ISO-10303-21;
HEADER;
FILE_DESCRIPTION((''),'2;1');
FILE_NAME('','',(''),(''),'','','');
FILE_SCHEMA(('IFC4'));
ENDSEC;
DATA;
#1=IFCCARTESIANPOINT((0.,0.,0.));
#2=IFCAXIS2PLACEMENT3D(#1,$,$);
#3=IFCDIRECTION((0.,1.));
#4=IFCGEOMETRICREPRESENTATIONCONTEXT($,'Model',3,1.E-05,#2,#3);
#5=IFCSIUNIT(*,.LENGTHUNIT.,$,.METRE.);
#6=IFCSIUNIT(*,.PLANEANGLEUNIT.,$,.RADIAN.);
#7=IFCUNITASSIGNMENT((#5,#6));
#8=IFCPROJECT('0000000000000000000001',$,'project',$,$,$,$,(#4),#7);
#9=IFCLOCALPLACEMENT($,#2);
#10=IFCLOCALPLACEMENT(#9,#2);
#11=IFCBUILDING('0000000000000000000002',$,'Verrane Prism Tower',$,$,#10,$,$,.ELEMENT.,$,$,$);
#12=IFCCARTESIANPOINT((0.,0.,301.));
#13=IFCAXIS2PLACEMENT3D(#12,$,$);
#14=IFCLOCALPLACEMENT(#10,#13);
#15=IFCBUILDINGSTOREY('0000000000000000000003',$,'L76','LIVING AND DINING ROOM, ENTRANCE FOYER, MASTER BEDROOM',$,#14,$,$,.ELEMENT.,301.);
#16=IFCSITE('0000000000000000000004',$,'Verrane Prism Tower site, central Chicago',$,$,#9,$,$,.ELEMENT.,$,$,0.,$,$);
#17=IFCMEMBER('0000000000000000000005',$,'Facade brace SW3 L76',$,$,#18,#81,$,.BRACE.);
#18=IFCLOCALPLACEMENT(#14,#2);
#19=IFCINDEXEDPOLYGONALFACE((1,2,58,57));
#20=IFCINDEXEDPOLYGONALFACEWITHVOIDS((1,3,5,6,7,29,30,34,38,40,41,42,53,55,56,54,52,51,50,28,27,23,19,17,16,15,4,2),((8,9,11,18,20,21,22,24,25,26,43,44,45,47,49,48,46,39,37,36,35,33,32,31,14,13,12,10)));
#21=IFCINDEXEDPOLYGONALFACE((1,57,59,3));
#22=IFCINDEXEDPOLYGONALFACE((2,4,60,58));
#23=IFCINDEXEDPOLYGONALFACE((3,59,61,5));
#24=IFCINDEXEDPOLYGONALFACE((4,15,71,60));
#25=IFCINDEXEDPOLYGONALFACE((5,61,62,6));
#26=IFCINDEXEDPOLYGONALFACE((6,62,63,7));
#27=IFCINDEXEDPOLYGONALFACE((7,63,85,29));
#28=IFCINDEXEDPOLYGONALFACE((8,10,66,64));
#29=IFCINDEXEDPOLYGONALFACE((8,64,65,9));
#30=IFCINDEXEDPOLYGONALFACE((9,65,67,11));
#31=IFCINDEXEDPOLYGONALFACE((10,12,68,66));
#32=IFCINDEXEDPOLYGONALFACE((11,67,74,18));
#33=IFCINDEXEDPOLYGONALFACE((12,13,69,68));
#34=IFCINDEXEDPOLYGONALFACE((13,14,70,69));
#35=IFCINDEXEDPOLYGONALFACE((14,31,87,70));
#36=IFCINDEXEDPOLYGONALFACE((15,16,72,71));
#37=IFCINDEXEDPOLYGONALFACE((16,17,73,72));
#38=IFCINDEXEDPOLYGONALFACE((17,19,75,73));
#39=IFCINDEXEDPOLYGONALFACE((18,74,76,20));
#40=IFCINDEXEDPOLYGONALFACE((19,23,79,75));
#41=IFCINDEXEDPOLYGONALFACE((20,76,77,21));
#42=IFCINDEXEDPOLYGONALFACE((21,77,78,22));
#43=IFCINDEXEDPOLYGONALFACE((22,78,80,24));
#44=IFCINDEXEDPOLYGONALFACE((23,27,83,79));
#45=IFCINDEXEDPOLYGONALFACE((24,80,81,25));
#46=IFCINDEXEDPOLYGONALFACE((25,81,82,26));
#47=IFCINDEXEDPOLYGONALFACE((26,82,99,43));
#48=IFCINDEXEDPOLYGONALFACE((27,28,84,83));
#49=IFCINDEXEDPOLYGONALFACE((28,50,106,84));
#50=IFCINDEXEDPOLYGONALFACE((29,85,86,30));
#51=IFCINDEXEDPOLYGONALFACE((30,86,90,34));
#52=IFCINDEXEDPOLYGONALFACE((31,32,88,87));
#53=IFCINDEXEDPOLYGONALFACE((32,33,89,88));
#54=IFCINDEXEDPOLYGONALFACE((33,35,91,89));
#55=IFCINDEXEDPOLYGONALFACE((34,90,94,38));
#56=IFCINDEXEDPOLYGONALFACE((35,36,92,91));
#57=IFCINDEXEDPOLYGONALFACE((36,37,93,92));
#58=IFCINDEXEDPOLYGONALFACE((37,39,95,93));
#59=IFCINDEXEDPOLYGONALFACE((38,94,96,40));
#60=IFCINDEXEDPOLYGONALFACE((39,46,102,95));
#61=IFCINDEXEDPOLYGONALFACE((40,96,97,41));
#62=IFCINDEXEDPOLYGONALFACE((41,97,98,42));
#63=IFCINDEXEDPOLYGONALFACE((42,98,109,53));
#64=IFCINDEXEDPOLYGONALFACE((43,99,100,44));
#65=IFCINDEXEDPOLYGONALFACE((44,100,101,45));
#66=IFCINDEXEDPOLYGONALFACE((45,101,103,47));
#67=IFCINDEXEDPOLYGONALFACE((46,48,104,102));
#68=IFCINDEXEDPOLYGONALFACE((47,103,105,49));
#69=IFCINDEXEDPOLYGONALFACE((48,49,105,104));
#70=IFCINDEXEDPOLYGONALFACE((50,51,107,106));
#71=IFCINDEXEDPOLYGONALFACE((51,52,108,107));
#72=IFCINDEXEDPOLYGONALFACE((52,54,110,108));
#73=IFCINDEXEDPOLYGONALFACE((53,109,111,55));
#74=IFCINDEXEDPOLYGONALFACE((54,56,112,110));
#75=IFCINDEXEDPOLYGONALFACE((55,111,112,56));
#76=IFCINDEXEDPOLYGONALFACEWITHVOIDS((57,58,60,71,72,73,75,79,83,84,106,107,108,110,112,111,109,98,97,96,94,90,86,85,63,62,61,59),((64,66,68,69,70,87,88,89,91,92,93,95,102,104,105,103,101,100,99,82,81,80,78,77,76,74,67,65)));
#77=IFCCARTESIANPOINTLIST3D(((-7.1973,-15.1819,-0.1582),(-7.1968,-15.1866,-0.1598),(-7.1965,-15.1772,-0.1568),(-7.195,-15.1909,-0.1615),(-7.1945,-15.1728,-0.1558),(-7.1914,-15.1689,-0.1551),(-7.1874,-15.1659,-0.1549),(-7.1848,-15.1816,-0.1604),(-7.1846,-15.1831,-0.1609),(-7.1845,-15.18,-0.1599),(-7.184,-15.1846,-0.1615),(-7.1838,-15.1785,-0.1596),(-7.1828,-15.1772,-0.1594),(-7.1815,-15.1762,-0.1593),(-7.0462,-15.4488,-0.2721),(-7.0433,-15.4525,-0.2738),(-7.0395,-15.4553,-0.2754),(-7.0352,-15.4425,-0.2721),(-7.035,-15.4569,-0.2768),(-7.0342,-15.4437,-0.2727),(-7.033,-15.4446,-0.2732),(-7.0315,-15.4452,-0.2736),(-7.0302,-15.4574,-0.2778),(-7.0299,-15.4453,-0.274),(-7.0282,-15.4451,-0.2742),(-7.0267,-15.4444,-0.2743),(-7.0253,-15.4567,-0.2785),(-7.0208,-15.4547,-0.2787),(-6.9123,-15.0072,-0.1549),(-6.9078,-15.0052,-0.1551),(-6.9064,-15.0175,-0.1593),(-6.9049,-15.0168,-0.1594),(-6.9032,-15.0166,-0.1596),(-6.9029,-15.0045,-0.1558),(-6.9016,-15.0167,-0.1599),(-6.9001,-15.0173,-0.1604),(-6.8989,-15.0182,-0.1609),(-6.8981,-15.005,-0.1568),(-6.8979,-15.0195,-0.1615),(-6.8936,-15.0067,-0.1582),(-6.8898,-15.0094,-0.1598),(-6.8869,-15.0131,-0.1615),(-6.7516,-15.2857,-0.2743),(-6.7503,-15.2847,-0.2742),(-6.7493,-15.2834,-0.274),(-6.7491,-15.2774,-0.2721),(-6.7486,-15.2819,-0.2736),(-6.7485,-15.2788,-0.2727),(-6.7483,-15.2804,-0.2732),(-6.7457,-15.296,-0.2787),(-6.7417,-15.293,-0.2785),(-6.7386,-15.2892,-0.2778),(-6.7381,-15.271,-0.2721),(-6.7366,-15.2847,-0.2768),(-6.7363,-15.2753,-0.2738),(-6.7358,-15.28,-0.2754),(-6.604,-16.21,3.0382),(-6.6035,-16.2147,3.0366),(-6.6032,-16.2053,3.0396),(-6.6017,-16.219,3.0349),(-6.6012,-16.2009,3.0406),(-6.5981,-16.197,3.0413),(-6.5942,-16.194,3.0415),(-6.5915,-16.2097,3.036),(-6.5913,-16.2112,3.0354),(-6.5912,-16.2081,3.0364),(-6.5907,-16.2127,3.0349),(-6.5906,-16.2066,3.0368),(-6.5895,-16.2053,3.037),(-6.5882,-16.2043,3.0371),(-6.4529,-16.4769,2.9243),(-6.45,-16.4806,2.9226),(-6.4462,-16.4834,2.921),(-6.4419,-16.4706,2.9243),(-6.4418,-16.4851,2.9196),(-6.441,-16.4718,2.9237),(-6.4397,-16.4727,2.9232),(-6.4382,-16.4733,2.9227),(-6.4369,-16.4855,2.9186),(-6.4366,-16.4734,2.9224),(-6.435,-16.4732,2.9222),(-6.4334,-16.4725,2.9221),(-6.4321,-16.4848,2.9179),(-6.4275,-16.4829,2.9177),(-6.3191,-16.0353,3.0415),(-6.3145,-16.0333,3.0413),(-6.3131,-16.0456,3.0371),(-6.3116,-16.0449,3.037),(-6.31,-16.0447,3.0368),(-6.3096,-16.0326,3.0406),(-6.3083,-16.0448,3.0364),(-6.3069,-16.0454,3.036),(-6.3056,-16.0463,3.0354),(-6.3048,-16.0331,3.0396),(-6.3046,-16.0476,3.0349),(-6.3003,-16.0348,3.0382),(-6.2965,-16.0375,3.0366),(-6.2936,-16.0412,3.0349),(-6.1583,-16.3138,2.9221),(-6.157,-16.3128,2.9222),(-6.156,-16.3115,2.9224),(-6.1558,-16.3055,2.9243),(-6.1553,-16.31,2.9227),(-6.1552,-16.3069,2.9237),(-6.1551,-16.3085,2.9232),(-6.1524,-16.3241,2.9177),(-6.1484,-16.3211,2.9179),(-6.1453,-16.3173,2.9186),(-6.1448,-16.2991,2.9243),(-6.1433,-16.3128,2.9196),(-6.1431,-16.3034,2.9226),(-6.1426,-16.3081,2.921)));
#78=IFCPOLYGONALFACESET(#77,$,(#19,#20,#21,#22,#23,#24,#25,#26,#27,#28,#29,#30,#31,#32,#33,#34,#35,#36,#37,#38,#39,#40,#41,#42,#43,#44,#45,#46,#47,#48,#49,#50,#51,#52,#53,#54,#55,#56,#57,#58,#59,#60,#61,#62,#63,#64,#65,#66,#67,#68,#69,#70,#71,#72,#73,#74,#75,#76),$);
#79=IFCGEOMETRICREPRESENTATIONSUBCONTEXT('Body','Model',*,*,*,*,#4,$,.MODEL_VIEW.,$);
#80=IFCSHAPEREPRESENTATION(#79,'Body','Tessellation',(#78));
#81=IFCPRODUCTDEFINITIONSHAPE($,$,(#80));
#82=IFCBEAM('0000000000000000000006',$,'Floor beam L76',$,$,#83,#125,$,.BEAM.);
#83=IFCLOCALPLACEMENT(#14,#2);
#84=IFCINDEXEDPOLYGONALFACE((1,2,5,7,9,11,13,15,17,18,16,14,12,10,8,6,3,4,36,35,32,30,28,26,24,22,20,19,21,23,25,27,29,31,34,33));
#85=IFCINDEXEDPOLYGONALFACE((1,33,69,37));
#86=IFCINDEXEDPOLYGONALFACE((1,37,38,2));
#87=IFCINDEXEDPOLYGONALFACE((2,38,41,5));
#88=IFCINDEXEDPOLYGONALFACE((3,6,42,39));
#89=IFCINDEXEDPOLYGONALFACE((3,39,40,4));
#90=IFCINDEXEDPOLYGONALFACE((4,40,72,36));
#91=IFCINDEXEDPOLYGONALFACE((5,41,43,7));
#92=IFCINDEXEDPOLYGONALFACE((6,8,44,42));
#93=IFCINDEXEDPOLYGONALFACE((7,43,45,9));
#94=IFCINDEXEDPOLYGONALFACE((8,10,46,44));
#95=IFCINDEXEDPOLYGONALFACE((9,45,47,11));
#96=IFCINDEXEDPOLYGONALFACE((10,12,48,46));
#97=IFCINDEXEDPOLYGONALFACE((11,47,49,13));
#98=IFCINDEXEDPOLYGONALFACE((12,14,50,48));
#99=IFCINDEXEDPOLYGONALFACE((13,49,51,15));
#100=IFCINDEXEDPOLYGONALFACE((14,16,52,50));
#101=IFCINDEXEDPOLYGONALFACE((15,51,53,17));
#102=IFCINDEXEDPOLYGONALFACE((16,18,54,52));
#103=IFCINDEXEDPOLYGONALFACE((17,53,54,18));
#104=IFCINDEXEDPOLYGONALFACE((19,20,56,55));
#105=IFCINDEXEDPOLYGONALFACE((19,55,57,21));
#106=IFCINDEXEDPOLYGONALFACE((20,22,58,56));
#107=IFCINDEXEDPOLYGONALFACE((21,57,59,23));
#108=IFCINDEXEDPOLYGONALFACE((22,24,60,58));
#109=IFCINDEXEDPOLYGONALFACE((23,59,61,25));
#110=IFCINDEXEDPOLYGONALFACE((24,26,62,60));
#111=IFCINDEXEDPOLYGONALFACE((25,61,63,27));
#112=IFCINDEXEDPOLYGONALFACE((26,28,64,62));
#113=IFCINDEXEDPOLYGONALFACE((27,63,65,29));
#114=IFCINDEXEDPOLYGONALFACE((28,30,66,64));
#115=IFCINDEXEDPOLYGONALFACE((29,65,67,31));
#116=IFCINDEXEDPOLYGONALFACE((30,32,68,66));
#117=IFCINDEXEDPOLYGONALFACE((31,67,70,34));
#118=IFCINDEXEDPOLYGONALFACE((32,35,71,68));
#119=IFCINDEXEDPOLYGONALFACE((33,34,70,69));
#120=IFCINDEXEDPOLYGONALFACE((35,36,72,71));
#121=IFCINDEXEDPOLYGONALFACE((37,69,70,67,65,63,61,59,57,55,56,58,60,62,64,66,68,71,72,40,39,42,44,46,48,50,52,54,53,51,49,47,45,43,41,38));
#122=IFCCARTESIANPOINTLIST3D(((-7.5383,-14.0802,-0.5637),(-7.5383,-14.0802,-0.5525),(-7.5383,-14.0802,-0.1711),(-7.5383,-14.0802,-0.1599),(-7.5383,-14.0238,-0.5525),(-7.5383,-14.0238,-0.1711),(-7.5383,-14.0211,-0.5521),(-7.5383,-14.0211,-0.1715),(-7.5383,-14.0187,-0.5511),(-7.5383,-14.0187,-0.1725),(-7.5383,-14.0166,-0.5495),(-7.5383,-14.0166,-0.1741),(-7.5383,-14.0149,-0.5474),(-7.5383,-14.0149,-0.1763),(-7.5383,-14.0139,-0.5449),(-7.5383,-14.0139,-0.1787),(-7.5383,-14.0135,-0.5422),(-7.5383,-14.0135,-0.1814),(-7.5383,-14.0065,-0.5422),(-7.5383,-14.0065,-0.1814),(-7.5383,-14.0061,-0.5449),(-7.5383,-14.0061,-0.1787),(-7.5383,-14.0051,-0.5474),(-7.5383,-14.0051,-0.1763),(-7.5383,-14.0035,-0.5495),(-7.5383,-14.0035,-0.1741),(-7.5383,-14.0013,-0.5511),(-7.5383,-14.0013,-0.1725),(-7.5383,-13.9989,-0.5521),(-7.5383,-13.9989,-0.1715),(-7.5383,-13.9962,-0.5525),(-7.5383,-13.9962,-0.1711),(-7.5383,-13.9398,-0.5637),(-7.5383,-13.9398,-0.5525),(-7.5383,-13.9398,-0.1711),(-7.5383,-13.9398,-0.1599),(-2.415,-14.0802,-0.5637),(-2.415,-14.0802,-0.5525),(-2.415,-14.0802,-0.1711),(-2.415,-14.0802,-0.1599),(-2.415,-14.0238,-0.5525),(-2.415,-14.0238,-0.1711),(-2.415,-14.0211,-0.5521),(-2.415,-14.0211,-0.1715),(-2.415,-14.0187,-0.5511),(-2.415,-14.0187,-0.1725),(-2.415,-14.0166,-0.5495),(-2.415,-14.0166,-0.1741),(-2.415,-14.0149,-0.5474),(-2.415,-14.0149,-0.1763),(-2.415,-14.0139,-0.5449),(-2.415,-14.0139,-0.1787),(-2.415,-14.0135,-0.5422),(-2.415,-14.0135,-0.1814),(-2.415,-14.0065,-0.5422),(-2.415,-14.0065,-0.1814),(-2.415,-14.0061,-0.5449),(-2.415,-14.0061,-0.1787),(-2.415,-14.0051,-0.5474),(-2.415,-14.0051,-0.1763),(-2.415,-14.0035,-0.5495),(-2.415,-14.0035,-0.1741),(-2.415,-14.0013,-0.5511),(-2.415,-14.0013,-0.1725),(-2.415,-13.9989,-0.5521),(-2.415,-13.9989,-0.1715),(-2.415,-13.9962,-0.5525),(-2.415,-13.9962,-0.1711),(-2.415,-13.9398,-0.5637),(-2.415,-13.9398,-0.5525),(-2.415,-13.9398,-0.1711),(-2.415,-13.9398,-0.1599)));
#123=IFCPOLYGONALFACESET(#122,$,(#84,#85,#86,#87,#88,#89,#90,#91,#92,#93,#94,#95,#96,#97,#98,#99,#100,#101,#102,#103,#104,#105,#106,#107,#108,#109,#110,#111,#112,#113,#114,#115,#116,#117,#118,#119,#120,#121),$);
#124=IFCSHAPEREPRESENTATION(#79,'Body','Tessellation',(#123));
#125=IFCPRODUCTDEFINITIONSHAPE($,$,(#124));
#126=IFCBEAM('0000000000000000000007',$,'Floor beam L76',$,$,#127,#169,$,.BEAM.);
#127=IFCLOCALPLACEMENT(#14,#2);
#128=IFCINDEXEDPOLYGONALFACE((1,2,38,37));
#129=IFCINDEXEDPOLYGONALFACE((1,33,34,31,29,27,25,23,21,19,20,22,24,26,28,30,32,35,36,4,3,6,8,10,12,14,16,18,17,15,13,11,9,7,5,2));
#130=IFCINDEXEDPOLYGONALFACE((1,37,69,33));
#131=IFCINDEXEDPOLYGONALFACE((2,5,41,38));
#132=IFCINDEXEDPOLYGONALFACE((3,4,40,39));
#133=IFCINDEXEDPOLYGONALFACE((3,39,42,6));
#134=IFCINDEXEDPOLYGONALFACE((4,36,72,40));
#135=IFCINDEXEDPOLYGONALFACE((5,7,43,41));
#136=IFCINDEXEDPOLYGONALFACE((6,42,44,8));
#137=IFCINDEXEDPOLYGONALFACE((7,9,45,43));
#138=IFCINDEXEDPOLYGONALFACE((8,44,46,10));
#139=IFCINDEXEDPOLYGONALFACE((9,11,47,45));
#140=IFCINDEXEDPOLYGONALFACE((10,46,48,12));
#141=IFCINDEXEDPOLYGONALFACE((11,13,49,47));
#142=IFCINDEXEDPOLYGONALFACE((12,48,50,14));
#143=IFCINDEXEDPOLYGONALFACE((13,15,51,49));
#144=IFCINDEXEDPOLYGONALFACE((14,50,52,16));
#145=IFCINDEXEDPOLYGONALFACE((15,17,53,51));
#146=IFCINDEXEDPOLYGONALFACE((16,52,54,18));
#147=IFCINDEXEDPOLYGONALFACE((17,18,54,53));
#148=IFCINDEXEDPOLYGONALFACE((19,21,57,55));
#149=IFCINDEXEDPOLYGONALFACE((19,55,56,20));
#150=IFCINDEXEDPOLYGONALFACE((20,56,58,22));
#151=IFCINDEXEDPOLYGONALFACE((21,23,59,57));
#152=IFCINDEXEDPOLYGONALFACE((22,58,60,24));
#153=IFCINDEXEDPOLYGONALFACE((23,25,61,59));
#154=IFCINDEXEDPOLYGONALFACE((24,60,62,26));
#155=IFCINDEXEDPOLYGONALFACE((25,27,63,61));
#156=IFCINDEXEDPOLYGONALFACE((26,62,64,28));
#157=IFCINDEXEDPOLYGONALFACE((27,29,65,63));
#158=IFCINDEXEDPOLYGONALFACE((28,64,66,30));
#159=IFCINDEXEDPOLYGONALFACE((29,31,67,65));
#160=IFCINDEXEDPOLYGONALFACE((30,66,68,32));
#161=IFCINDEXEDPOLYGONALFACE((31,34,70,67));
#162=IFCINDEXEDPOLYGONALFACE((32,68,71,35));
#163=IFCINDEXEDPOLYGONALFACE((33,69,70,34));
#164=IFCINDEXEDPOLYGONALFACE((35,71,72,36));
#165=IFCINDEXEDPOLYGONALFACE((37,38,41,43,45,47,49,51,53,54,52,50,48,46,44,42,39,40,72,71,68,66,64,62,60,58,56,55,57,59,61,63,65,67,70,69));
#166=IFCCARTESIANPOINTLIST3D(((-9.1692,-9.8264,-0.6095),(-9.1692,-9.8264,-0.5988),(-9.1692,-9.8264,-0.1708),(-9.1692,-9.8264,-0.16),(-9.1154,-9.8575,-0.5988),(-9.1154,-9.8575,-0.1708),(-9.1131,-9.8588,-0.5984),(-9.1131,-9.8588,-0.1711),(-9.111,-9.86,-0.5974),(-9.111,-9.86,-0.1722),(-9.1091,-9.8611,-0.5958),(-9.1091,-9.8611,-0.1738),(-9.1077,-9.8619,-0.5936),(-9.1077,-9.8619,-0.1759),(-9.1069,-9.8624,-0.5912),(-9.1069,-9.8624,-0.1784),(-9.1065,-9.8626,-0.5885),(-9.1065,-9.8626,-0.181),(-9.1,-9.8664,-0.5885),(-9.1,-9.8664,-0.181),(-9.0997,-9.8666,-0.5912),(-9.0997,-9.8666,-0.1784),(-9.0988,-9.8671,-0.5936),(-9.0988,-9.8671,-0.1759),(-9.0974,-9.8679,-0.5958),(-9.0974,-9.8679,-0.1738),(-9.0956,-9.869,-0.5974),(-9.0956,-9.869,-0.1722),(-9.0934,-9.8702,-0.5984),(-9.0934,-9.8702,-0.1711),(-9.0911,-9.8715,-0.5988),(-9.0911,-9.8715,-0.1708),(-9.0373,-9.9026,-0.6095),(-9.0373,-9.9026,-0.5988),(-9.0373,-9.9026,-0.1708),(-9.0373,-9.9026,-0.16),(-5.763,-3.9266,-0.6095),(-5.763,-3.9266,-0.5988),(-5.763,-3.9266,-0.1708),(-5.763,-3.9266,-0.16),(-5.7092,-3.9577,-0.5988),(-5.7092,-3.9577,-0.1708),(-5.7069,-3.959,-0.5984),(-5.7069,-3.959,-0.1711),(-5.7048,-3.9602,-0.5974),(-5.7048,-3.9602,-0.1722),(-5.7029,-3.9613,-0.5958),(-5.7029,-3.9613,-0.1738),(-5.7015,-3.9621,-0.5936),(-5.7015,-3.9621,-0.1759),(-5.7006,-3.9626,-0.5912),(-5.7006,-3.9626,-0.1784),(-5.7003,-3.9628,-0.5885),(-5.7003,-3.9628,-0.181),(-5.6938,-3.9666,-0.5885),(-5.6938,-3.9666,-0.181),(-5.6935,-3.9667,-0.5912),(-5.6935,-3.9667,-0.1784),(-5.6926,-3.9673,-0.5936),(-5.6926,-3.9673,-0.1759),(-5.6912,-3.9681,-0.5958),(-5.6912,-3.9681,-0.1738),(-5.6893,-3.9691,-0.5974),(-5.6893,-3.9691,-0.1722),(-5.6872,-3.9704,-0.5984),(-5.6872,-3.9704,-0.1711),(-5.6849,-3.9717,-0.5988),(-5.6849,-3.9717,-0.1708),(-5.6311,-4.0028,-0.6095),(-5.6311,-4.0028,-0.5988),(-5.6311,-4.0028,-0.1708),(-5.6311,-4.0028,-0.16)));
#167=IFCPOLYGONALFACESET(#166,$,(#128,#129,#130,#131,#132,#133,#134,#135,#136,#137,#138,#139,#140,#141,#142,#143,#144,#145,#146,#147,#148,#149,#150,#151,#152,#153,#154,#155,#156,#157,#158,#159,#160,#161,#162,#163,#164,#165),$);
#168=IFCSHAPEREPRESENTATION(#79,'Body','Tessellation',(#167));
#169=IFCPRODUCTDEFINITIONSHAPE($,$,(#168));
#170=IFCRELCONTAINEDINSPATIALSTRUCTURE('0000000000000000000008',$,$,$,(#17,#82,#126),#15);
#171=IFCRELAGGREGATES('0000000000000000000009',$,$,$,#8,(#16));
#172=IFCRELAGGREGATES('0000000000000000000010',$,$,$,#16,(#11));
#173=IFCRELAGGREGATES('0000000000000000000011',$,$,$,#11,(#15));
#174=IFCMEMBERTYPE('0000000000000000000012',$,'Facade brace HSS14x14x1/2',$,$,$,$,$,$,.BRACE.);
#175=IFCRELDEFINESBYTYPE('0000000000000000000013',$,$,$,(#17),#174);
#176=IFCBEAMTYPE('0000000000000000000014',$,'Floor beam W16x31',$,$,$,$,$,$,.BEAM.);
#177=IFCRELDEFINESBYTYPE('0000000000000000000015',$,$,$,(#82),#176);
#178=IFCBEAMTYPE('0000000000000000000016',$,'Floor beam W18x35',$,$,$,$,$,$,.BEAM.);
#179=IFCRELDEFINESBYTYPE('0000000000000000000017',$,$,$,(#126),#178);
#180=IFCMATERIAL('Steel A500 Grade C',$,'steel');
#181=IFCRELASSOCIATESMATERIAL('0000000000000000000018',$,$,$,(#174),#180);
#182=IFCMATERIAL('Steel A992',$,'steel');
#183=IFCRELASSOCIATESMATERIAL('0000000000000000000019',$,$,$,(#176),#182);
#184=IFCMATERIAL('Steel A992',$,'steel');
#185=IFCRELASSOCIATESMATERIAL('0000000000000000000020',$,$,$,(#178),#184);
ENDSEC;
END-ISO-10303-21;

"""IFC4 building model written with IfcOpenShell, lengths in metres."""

from ifc_helpers import new_model, si_unit, direction, frame, origin, origin_2d, place, context, subcontext, project, spatial, hollow_rectangle, i_section, extrude, material, material_profile, profile_set, type_object, element, save


model = new_model("IFC4")

# Units and contexts
model_context = context("Model", 3, precision=1e-05, world=origin(), true_north=direction((0.0, 1.0)))
body_context = subcontext(model_context, "Body", "Model", "MODEL_VIEW")
ifc_project = project(units=[si_unit("LENGTHUNIT", "METRE"), si_unit("PLANEANGLEUNIT", "RADIAN")], contexts=[model_context])

# Site, building, storey
site_placement = place(None, origin())
site = spatial("IfcSite", under=ifc_project, at=site_placement, Name="Verrane Prism Tower site, central Chicago", CompositionType="ELEMENT", RefElevation=0.0)
building_placement = place(site_placement, origin())
building = spatial("IfcBuilding", under=site, at=building_placement, Name="Verrane Prism Tower", CompositionType="ELEMENT")
storey_placement = place(building_placement, frame((0.0, 0.0, 301.0)))
storey = spatial("IfcBuildingStorey", under=building, at=storey_placement, Name="L76", Description="LIVING AND DINING ROOM, ENTRANCE FOYER, MASTER BEDROOM", CompositionType="ELEMENT", Elevation=301.0)

# Member
ifc_material_1 = material(Name="Steel A500 Grade C", Category="steel")
ifc_material_profile_1 = material_profile(ifc_material_1, hollow_rectangle(XDim=0.3557, YDim=0.3557, WallThickness=0.0127, InnerFilletRadius=0.0063, OuterFilletRadius=0.019, at=origin_2d()), Name="HSS14x14x1/2")
ifc_profile_set_1 = profile_set([ifc_material_profile_1], Name="Steel A500 Grade C")
member_type_1 = type_object("IfcMemberType", Name="Facade brace HSS14x14x1/2", PredefinedType="BRACE", material=ifc_profile_set_1)
member_1_placement = place(storey_placement, frame((-6.9666, -15.231, -0.2168), z_axis=(0.173999, -0.301527, 0.937447), x_axis=(0.866134, 0.499811, 0.0)))
element("IfcMember", 1, at=member_1_placement, inside=storey, type_object=member_type_1, Name="Facade brace SW3 L76", PredefinedType="BRACE", context=body_context, shape_type="SweptSolid", body=[
    extrude(hollow_rectangle(XDim=0.3557, YDim=0.3557, WallThickness=0.0127, InnerFilletRadius=0.0063, OuterFilletRadius=0.019, at=origin_2d()), origin(), (0.0, 0.0, 1.0), 3.4097),
])

# Beams
ifc_material_2 = material(Name="Steel A992", Category="steel")
ifc_material_profile_2 = material_profile(ifc_material_2, i_section(OverallWidth=0.1404, OverallDepth=0.4038, WebThickness=0.0071, FlangeThickness=0.0112, FilletRadius=0.0103, at=origin_2d()), Name="W16x31")
ifc_profile_set_2 = profile_set([ifc_material_profile_2], Name="Steel A992")
beam_type_1 = type_object("IfcBeamType", Name="Floor beam W16x31", PredefinedType="BEAM", material=ifc_profile_set_2)
beam_1_placement = place(storey_placement, frame((-7.5383, -14.01, -0.3618), z_axis=(1.0, 0.0, 0.0), x_axis=(0.0, 1.0, 0.0)))
element("IfcBeam", 2, at=beam_1_placement, inside=storey, type_object=beam_type_1, Name="Floor beam L76", PredefinedType="BEAM", context=body_context, shape_type="SweptSolid", body=[
    extrude(i_section(OverallWidth=0.1404, OverallDepth=0.4038, WebThickness=0.0071, FlangeThickness=0.0112, FilletRadius=0.0103, at=origin_2d()), origin(), (0.0, 0.0, 1.0), 5.1233),
])
ifc_material_3 = material(Name="Steel A992", Category="steel")
ifc_material_profile_3 = material_profile(ifc_material_3, i_section(OverallWidth=0.1523, OverallDepth=0.4495, WebThickness=0.0076, FlangeThickness=0.0107, FilletRadius=0.0103, at=origin_2d()), Name="W18x35")
ifc_profile_set_3 = profile_set([ifc_material_profile_3], Name="Steel A992")
beam_type_2 = type_object("IfcBeamType", Name="Floor beam W18x35", PredefinedType="BEAM", material=ifc_profile_set_3)
beam_2_placement = place(storey_placement, frame((-9.1033, -9.8645, -0.3848), z_axis=(0.499993, 0.866029, 0.0), x_axis=(-0.866029, 0.499993, 0.0)))
element("IfcBeam", 3, at=beam_2_placement, inside=storey, type_object=beam_type_2, Name="Floor beam L76", PredefinedType="BEAM", context=body_context, shape_type="SweptSolid", body=[
    extrude(i_section(OverallWidth=0.1523, OverallDepth=0.4495, WebThickness=0.0076, FlangeThickness=0.0107, FilletRadius=0.0103, at=origin_2d()), origin(), (0.0, 0.0, 1.0), 6.8125),
])

save(model, "model.ifc")
